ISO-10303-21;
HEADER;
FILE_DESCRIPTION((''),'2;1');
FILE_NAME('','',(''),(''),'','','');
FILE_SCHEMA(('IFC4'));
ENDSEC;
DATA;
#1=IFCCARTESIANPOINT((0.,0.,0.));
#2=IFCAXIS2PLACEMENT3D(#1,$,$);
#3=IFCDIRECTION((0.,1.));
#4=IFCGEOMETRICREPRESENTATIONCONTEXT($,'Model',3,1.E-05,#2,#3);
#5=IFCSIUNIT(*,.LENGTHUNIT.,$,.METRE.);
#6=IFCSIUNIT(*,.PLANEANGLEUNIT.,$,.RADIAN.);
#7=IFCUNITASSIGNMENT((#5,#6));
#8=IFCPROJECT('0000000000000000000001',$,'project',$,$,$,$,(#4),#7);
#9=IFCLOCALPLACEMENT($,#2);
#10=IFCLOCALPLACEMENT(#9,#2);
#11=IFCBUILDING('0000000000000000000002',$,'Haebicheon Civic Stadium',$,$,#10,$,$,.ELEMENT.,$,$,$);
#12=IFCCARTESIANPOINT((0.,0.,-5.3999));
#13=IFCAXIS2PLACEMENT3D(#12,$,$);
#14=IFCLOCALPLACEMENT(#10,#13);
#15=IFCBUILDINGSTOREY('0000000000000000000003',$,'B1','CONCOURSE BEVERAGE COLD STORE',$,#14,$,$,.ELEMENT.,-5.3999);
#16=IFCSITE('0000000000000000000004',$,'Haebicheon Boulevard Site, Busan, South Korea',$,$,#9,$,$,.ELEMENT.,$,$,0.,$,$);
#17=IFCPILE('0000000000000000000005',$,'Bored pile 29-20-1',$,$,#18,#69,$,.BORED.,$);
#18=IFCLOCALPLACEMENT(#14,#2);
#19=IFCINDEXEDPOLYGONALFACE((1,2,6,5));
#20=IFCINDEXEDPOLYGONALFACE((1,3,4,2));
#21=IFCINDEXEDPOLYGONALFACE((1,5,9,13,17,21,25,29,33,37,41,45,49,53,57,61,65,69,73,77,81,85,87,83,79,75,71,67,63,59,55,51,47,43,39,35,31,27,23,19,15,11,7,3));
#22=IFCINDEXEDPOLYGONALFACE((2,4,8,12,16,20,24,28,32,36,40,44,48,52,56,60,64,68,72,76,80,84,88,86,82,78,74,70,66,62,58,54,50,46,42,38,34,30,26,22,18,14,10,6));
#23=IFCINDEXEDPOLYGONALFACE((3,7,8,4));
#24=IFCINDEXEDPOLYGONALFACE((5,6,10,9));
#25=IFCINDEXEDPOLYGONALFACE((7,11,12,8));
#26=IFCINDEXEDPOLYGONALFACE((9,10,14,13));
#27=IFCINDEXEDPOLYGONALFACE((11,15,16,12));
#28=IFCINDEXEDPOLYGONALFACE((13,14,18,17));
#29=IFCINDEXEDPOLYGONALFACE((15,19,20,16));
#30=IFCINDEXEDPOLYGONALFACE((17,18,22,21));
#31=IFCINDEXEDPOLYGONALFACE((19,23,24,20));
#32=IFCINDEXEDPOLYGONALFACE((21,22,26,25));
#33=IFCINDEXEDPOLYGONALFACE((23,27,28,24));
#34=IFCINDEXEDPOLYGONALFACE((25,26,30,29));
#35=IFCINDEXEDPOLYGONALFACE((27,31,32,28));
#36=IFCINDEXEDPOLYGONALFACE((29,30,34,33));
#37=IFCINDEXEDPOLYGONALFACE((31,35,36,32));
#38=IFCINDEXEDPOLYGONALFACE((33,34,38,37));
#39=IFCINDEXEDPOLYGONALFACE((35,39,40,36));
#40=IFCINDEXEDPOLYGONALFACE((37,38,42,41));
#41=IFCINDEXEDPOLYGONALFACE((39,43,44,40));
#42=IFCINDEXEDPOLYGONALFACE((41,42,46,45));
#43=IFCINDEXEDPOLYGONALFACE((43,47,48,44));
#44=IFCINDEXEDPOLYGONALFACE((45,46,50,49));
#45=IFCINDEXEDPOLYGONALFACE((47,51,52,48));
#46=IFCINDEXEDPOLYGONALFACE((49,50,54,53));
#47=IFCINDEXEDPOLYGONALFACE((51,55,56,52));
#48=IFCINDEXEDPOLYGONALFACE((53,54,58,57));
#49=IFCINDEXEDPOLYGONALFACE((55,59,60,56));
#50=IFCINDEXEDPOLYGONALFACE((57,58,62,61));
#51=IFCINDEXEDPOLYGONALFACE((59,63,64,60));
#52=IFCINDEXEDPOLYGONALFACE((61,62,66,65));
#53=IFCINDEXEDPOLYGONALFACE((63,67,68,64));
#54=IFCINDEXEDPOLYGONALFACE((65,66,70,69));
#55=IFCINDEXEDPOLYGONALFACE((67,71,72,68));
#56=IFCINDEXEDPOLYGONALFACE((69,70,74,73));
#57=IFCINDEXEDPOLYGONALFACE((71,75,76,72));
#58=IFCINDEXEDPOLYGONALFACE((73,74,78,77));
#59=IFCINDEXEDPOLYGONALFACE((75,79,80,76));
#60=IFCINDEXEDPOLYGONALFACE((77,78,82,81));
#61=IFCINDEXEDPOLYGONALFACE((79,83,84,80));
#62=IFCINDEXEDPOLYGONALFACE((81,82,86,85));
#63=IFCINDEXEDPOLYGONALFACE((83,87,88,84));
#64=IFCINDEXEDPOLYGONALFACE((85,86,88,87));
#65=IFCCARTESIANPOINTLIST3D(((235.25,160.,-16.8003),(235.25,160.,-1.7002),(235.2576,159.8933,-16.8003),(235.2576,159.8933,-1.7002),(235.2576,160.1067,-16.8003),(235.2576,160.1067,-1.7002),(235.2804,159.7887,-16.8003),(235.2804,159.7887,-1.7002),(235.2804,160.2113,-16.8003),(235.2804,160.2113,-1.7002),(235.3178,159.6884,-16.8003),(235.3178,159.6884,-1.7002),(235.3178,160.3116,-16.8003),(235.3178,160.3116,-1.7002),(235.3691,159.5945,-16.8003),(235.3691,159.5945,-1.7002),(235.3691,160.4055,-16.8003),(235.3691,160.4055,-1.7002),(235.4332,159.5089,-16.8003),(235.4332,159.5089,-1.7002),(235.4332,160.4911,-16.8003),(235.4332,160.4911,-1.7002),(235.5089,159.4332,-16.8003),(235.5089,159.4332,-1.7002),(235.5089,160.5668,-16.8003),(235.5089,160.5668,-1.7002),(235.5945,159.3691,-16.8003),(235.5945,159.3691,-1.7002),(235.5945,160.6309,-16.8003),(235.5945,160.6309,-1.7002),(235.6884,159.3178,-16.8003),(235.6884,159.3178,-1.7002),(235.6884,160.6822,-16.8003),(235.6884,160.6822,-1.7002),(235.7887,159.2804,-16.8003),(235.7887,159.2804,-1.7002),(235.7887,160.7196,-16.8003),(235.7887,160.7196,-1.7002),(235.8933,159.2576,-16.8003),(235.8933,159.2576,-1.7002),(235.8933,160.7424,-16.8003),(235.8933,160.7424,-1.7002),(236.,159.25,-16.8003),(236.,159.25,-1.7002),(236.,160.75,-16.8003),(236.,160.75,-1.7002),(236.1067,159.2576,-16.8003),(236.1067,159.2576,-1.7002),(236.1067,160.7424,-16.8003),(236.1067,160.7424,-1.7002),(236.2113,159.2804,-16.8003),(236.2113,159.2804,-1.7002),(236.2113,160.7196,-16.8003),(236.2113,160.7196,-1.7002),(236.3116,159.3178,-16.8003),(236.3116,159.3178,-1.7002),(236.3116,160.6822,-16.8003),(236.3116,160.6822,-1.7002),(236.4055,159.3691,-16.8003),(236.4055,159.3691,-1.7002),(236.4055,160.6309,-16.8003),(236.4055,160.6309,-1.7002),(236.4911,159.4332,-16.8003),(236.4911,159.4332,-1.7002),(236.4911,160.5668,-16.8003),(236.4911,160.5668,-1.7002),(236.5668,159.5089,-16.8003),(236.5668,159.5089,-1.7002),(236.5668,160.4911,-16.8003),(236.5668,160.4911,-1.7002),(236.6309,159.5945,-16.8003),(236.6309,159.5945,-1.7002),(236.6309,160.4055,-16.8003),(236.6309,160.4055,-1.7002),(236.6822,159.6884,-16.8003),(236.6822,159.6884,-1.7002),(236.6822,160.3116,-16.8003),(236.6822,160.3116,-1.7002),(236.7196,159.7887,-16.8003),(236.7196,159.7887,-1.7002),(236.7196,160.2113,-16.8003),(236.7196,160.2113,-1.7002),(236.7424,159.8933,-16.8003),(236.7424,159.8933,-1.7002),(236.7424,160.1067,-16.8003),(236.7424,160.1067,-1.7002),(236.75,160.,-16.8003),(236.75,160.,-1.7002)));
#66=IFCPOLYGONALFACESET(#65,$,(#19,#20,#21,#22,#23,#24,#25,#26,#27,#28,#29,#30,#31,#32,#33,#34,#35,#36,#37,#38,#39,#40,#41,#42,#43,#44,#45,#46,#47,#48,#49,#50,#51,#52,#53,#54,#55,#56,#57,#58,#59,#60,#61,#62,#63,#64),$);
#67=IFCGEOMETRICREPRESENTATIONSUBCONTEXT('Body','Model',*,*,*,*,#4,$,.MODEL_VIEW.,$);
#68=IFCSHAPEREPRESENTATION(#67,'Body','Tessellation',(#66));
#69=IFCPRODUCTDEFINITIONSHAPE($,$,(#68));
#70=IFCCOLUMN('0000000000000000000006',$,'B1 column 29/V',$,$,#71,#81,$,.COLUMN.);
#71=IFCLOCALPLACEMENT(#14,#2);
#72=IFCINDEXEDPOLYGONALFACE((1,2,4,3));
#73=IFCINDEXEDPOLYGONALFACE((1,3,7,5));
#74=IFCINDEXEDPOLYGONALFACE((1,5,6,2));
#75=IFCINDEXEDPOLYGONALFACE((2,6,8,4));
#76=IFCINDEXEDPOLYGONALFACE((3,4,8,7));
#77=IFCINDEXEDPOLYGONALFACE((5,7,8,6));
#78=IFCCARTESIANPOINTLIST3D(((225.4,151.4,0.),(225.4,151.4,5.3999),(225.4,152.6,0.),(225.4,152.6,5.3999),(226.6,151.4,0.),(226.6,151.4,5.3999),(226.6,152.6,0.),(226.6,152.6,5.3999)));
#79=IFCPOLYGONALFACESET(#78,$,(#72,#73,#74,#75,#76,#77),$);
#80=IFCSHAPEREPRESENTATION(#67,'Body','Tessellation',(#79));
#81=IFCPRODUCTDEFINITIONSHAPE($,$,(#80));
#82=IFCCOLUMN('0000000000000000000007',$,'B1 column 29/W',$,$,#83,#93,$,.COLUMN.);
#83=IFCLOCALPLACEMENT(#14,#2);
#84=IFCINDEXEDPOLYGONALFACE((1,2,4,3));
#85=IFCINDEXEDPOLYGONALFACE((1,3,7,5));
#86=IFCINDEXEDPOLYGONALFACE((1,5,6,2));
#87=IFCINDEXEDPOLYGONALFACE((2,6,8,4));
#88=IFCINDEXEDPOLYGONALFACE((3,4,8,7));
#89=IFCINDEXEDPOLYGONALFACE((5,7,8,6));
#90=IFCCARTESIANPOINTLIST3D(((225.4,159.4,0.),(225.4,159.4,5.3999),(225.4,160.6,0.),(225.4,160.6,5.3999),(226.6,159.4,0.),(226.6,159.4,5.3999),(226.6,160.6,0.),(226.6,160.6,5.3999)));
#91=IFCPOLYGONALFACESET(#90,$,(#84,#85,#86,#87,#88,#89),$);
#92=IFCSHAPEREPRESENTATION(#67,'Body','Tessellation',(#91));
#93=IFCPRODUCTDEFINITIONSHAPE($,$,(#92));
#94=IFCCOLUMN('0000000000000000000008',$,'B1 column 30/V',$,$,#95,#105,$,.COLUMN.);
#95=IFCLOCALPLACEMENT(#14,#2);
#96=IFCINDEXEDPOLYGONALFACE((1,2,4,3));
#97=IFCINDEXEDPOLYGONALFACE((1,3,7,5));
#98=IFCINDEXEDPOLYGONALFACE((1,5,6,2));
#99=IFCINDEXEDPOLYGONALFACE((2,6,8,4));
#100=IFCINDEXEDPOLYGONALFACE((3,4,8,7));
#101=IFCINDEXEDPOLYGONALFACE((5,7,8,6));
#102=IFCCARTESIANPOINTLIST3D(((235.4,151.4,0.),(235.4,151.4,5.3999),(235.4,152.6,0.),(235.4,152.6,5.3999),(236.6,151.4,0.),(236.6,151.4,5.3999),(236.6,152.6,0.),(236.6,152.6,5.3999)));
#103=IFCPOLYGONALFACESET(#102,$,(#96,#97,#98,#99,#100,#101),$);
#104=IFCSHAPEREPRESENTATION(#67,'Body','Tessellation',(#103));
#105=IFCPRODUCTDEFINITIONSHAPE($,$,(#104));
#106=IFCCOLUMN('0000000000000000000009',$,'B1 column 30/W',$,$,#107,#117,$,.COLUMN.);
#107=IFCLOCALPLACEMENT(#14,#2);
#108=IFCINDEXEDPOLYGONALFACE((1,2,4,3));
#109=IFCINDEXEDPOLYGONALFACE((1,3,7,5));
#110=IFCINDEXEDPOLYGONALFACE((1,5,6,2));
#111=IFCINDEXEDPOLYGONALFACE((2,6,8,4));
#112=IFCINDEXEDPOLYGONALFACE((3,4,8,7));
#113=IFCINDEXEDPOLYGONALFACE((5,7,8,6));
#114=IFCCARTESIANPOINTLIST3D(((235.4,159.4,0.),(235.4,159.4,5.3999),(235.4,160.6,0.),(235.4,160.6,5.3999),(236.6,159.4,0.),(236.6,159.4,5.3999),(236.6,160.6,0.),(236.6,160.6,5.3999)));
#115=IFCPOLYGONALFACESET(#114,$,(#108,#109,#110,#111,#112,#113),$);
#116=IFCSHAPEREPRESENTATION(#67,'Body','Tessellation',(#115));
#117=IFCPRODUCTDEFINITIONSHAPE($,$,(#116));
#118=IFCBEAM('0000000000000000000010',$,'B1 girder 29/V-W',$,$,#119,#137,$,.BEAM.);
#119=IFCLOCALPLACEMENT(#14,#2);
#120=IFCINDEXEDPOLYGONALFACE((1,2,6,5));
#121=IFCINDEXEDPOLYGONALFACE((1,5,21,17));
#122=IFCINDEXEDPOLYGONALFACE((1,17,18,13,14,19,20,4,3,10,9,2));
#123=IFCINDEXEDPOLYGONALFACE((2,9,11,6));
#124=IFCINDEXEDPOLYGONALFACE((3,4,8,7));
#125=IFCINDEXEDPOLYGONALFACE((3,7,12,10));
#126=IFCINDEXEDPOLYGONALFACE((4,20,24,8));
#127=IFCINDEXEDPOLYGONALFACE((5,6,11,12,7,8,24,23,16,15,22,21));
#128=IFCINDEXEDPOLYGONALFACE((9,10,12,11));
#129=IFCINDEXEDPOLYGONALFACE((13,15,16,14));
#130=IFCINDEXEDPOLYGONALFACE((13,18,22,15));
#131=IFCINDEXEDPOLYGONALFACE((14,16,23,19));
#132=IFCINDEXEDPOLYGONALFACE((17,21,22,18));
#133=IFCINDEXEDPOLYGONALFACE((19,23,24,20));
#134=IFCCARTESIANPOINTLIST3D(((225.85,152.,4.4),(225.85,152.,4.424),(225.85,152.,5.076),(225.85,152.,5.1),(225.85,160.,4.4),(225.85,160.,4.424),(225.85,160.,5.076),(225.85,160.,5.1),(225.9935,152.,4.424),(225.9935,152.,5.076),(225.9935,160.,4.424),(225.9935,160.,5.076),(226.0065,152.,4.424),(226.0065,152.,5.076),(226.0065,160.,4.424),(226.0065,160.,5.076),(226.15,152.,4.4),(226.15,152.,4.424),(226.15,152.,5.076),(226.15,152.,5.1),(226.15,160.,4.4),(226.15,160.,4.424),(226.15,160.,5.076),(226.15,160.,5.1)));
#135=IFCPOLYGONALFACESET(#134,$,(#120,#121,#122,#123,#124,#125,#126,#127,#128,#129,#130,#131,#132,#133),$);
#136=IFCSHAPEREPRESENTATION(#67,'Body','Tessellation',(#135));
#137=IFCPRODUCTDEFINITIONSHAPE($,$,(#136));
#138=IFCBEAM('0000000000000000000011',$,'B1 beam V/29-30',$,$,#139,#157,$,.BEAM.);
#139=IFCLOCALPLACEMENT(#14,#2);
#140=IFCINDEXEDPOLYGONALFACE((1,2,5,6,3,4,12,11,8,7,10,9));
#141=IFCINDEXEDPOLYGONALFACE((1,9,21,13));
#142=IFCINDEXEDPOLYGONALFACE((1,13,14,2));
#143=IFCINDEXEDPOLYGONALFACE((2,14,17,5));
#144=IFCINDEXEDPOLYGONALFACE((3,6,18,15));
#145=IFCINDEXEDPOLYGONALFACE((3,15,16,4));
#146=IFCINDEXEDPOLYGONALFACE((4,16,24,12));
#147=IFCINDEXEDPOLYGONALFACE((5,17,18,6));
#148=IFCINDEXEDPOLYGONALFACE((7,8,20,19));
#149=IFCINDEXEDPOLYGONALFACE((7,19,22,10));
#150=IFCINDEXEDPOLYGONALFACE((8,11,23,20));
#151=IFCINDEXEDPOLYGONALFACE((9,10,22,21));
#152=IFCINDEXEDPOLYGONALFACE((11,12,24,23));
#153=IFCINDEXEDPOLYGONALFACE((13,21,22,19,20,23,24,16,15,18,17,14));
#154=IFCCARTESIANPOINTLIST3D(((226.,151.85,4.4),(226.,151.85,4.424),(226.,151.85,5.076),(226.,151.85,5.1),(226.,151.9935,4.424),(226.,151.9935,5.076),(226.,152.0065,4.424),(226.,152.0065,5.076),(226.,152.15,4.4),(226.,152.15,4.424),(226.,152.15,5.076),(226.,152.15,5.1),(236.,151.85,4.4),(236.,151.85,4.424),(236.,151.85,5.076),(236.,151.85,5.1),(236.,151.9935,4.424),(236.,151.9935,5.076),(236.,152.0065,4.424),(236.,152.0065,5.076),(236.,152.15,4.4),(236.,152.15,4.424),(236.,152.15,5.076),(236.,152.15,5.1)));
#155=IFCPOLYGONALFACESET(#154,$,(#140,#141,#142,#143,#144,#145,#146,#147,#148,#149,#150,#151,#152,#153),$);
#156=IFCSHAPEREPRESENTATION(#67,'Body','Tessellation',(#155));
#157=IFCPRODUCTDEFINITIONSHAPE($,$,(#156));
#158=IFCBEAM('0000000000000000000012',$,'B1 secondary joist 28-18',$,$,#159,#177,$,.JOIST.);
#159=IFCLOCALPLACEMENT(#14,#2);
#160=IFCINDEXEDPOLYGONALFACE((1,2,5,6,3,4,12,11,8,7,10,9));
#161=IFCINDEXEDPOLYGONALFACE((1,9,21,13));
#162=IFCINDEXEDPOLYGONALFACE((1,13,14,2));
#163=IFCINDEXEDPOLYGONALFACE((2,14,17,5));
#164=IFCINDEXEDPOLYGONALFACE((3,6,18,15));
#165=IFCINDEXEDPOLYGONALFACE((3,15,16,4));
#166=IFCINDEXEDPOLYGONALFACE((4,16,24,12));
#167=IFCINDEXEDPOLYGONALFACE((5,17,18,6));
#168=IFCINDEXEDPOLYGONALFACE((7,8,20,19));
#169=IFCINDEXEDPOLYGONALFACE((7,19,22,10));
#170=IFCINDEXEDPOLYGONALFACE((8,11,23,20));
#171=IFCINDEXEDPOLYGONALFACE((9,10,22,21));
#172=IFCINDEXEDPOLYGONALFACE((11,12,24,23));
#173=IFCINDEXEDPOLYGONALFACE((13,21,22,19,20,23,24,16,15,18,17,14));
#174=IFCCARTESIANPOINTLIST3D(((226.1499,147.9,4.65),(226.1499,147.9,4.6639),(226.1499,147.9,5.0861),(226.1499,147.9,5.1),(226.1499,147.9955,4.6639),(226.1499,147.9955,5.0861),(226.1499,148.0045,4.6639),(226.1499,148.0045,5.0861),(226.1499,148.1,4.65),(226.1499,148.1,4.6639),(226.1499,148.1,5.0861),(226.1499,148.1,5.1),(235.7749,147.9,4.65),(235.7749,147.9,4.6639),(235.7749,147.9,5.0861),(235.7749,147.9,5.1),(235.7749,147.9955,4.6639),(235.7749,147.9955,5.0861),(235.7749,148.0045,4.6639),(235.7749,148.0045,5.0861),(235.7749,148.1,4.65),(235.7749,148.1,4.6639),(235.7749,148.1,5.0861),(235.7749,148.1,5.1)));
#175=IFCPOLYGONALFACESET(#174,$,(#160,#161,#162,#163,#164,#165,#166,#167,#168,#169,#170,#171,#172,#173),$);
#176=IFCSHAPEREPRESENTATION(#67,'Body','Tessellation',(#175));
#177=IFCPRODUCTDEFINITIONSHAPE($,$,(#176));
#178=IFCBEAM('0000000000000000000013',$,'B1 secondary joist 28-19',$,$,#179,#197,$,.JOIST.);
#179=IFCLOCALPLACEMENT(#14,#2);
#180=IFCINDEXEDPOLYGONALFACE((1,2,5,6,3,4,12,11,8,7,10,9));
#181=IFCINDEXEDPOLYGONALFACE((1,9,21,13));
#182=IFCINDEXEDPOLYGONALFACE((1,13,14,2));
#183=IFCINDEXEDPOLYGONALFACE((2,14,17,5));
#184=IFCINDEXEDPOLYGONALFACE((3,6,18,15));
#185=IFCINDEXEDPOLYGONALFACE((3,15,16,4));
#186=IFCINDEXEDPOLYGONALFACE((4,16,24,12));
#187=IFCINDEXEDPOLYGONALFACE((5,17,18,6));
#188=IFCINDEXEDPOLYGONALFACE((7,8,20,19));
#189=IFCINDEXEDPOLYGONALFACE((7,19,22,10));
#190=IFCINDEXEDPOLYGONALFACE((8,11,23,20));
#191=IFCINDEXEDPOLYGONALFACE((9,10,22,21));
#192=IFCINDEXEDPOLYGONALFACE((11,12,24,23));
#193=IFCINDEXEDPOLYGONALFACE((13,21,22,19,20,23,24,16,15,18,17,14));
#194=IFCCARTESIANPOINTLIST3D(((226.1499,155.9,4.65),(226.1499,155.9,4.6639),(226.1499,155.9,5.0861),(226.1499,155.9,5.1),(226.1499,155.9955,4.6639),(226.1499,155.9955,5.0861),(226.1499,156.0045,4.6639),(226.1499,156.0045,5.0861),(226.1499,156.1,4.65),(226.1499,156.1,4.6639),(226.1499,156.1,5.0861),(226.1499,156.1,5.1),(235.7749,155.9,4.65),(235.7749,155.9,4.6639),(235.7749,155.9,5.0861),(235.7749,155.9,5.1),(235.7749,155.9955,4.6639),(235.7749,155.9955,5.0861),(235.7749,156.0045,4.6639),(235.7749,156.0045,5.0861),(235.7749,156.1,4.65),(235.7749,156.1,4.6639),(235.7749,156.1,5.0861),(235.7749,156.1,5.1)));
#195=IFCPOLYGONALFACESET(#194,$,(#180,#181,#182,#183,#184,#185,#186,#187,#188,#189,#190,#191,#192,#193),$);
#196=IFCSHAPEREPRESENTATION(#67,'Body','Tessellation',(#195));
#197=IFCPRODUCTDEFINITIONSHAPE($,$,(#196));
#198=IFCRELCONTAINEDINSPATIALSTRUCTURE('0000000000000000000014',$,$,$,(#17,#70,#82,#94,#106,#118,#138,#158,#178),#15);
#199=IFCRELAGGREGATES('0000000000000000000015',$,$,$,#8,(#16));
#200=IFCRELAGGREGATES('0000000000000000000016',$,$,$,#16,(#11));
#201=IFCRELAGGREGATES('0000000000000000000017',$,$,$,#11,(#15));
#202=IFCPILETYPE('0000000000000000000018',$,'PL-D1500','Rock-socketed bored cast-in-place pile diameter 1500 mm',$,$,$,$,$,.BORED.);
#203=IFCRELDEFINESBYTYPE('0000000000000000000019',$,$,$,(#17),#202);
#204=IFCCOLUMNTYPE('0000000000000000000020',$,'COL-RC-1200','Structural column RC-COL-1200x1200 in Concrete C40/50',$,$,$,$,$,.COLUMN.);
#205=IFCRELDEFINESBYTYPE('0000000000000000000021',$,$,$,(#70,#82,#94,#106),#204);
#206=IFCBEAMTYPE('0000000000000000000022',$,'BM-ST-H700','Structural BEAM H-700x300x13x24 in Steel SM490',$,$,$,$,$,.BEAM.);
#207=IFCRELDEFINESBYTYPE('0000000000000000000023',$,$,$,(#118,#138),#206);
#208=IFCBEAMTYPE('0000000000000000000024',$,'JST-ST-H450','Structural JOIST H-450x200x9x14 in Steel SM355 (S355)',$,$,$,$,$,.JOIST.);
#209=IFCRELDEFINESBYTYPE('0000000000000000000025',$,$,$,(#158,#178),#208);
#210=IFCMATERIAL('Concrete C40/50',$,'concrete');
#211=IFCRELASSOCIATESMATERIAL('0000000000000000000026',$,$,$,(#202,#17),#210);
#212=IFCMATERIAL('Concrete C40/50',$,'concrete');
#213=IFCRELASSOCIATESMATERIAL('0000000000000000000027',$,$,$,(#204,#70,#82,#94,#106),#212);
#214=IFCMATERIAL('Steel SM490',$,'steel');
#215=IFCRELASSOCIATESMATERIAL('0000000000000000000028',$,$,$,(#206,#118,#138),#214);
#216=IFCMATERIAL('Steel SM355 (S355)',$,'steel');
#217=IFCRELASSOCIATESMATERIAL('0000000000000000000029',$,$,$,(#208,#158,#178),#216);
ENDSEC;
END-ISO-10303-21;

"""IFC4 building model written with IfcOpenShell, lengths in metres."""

from ifc_helpers import new_model, si_unit, direction, frame, origin, origin_2d, place, context, subcontext, project, spatial, rectangle, circle, i_section, extrude, material, material_profile, profile_set, type_object, element, save


model = new_model("IFC4")

# Units and contexts
model_context = context("Model", 3, precision=1e-05, world=origin(), true_north=direction((0.0, 1.0)))
body_context = subcontext(model_context, "Body", "Model", "MODEL_VIEW")
ifc_project = project(units=[si_unit("LENGTHUNIT", "METRE"), si_unit("PLANEANGLEUNIT", "RADIAN")], contexts=[model_context])

# Site, building, storey
site_placement = place(None, origin())
site = spatial("IfcSite", under=ifc_project, at=site_placement, Name="Haebicheon Boulevard Site, Busan, South Korea", CompositionType="ELEMENT", RefElevation=0.0)
building_placement = place(site_placement, origin())
building = spatial("IfcBuilding", under=site, at=building_placement, Name="Haebicheon Civic Stadium", CompositionType="ELEMENT")
storey_placement = place(building_placement, frame((0.0, 0.0, -5.3999)))
storey = spatial("IfcBuildingStorey", under=building, at=storey_placement, Name="B1", Description="CONCOURSE BEVERAGE COLD STORE", CompositionType="ELEMENT", Elevation=-5.3999)

# Pile
ifc_material_1 = material(Name="Concrete C40/50", Category="concrete")
ifc_material_profile_1 = material_profile(ifc_material_1, circle(Radius=0.75, at=origin_2d()), Name="PILE-D1500")
ifc_profile_set_1 = profile_set([ifc_material_profile_1], Name="Concrete C40/50")
pile_type_1 = type_object("IfcPileType", Name="PL-D1500", Description="Rock-socketed bored cast-in-place pile diameter 1500 mm", PredefinedType="BORED", material=ifc_profile_set_1)
pile_placement = place(storey_placement, frame((236.0, 160.0, -1.7002), z_axis=(0.0, 0.0, -1.0), x_axis=(1.0, 0.0, 0.0)))
element("IfcPile", 1, at=pile_placement, inside=storey, type_object=pile_type_1, material=ifc_profile_set_1, Name="Bored pile 29-20-1", PredefinedType="BORED", context=body_context, shape_type="SweptSolid", body=[
    extrude(circle(Radius=0.75, at=origin_2d()), origin(), (0.0, 0.0, 1.0), 15.1001),
])

# Columns
ifc_material_2 = material(Name="Concrete C40/50", Category="concrete")
ifc_material_profile_2 = material_profile(ifc_material_2, rectangle(XDim=1.2, YDim=1.2, at=origin_2d()), Name="RC-COL-1200x1200")
ifc_profile_set_2 = profile_set([ifc_material_profile_2], Name="Concrete C40/50")
column_type = type_object("IfcColumnType", Name="COL-RC-1200", Description="Structural column RC-COL-1200x1200 in Concrete C40/50", PredefinedType="COLUMN", material=ifc_profile_set_2)
for number, where, z_axis, x_axis, name in (
    (2, (226.0, 152.0, 0.0), (0.0, 0.0, 1.0), (1.0, 0.0, 0.0), "B1 column 29/V"),
    (3, (226.0, 160.0, 0.0), (0.0, 0.0, 1.0), (1.0, 0.0, 0.0), "B1 column 29/W"),
    (4, (236.0, 152.0, 0.0), (0.0, 0.0, 1.0), (1.0, 0.0, 0.0), "B1 column 30/V"),
    (5, (236.0, 160.0, 0.0), (0.0, 0.0, 1.0), (1.0, 0.0, 0.0), "B1 column 30/W"),
):
    element("IfcColumn", number, at=place(storey_placement, frame(where, z_axis=z_axis, x_axis=x_axis)), inside=storey, type_object=column_type, material=ifc_profile_set_2, Name=name, PredefinedType="COLUMN", context=body_context, shape_type="SweptSolid", body=[
        extrude(rectangle(XDim=1.2, YDim=1.2, at=origin_2d()), origin(), (0.0, 0.0, 1.0), 5.3999),
    ])

# Beams
ifc_material_3 = material(Name="Steel SM490", Category="steel")
ifc_material_profile_3 = material_profile(ifc_material_3, i_section(OverallWidth=0.3, OverallDepth=0.7, WebThickness=0.0129, FlangeThickness=0.0239, at=origin_2d()), Name="H-700x300x13x24")
ifc_profile_set_3 = profile_set([ifc_material_profile_3], Name="Steel SM490")
beam_type_1 = type_object("IfcBeamType", Name="BM-ST-H700", Description="Structural BEAM H-700x300x13x24 in Steel SM490", PredefinedType="BEAM", material=ifc_profile_set_3)
beam_1_placement = place(storey_placement, frame((226.0, 152.0, 4.75), z_axis=(0.0, 1.0, 0.0), x_axis=(-1.0, 0.0, 0.0)))
element("IfcBeam", 6, at=beam_1_placement, inside=storey, type_object=beam_type_1, material=ifc_profile_set_3, Name="B1 girder 29/V-W", PredefinedType="BEAM", context=body_context, shape_type="SweptSolid", body=[
    extrude(i_section(OverallWidth=0.3, OverallDepth=0.7, WebThickness=0.0129, FlangeThickness=0.0239, at=origin_2d()), origin(), (0.0, 0.0, 1.0), 8.0),
])
beam_2_placement = place(storey_placement, frame((226.0, 152.0, 4.75), z_axis=(1.0, 0.0, 0.0), x_axis=(0.0, 1.0, 0.0)))
element("IfcBeam", 7, at=beam_2_placement, inside=storey, type_object=beam_type_1, material=ifc_profile_set_3, Name="B1 beam V/29-30", PredefinedType="BEAM", context=body_context, shape_type="SweptSolid", body=[
    extrude(i_section(OverallWidth=0.3, OverallDepth=0.7, WebThickness=0.0129, FlangeThickness=0.0239, at=origin_2d()), origin(), (0.0, 0.0, 1.0), 10.0),
])
ifc_material_4 = material(Name="Steel SM355 (S355)", Category="steel")
ifc_material_profile_4 = material_profile(ifc_material_4, i_section(OverallWidth=0.2, OverallDepth=0.45, WebThickness=0.009, FlangeThickness=0.0139, at=origin_2d()), Name="H-450x200x9x14")
ifc_profile_set_4 = profile_set([ifc_material_profile_4], Name="Steel SM355 (S355)")
beam_type_2 = type_object("IfcBeamType", Name="JST-ST-H450", Description="Structural JOIST H-450x200x9x14 in Steel SM355 (S355)", PredefinedType="JOIST", material=ifc_profile_set_4)
for number, where, z_axis, x_axis, name in (
    (8, (226.1499, 148.0, 4.875), (1.0, 0.0, 0.0), (0.0, 1.0, 0.0), "B1 secondary joist 28-18"),
    (9, (226.1499, 156.0, 4.875), (1.0, 0.0, 0.0), (0.0, 1.0, 0.0), "B1 secondary joist 28-19"),
):
    element("IfcBeam", number, at=place(storey_placement, frame(where, z_axis=z_axis, x_axis=x_axis)), inside=storey, type_object=beam_type_2, material=ifc_profile_set_4, Name=name, PredefinedType="JOIST", context=body_context, shape_type="SweptSolid", body=[
        extrude(i_section(OverallWidth=0.2, OverallDepth=0.45, WebThickness=0.009, FlangeThickness=0.0139, at=origin_2d()), origin(), (0.0, 0.0, 1.0), 9.625),
    ])

save(model, "model.ifc")
